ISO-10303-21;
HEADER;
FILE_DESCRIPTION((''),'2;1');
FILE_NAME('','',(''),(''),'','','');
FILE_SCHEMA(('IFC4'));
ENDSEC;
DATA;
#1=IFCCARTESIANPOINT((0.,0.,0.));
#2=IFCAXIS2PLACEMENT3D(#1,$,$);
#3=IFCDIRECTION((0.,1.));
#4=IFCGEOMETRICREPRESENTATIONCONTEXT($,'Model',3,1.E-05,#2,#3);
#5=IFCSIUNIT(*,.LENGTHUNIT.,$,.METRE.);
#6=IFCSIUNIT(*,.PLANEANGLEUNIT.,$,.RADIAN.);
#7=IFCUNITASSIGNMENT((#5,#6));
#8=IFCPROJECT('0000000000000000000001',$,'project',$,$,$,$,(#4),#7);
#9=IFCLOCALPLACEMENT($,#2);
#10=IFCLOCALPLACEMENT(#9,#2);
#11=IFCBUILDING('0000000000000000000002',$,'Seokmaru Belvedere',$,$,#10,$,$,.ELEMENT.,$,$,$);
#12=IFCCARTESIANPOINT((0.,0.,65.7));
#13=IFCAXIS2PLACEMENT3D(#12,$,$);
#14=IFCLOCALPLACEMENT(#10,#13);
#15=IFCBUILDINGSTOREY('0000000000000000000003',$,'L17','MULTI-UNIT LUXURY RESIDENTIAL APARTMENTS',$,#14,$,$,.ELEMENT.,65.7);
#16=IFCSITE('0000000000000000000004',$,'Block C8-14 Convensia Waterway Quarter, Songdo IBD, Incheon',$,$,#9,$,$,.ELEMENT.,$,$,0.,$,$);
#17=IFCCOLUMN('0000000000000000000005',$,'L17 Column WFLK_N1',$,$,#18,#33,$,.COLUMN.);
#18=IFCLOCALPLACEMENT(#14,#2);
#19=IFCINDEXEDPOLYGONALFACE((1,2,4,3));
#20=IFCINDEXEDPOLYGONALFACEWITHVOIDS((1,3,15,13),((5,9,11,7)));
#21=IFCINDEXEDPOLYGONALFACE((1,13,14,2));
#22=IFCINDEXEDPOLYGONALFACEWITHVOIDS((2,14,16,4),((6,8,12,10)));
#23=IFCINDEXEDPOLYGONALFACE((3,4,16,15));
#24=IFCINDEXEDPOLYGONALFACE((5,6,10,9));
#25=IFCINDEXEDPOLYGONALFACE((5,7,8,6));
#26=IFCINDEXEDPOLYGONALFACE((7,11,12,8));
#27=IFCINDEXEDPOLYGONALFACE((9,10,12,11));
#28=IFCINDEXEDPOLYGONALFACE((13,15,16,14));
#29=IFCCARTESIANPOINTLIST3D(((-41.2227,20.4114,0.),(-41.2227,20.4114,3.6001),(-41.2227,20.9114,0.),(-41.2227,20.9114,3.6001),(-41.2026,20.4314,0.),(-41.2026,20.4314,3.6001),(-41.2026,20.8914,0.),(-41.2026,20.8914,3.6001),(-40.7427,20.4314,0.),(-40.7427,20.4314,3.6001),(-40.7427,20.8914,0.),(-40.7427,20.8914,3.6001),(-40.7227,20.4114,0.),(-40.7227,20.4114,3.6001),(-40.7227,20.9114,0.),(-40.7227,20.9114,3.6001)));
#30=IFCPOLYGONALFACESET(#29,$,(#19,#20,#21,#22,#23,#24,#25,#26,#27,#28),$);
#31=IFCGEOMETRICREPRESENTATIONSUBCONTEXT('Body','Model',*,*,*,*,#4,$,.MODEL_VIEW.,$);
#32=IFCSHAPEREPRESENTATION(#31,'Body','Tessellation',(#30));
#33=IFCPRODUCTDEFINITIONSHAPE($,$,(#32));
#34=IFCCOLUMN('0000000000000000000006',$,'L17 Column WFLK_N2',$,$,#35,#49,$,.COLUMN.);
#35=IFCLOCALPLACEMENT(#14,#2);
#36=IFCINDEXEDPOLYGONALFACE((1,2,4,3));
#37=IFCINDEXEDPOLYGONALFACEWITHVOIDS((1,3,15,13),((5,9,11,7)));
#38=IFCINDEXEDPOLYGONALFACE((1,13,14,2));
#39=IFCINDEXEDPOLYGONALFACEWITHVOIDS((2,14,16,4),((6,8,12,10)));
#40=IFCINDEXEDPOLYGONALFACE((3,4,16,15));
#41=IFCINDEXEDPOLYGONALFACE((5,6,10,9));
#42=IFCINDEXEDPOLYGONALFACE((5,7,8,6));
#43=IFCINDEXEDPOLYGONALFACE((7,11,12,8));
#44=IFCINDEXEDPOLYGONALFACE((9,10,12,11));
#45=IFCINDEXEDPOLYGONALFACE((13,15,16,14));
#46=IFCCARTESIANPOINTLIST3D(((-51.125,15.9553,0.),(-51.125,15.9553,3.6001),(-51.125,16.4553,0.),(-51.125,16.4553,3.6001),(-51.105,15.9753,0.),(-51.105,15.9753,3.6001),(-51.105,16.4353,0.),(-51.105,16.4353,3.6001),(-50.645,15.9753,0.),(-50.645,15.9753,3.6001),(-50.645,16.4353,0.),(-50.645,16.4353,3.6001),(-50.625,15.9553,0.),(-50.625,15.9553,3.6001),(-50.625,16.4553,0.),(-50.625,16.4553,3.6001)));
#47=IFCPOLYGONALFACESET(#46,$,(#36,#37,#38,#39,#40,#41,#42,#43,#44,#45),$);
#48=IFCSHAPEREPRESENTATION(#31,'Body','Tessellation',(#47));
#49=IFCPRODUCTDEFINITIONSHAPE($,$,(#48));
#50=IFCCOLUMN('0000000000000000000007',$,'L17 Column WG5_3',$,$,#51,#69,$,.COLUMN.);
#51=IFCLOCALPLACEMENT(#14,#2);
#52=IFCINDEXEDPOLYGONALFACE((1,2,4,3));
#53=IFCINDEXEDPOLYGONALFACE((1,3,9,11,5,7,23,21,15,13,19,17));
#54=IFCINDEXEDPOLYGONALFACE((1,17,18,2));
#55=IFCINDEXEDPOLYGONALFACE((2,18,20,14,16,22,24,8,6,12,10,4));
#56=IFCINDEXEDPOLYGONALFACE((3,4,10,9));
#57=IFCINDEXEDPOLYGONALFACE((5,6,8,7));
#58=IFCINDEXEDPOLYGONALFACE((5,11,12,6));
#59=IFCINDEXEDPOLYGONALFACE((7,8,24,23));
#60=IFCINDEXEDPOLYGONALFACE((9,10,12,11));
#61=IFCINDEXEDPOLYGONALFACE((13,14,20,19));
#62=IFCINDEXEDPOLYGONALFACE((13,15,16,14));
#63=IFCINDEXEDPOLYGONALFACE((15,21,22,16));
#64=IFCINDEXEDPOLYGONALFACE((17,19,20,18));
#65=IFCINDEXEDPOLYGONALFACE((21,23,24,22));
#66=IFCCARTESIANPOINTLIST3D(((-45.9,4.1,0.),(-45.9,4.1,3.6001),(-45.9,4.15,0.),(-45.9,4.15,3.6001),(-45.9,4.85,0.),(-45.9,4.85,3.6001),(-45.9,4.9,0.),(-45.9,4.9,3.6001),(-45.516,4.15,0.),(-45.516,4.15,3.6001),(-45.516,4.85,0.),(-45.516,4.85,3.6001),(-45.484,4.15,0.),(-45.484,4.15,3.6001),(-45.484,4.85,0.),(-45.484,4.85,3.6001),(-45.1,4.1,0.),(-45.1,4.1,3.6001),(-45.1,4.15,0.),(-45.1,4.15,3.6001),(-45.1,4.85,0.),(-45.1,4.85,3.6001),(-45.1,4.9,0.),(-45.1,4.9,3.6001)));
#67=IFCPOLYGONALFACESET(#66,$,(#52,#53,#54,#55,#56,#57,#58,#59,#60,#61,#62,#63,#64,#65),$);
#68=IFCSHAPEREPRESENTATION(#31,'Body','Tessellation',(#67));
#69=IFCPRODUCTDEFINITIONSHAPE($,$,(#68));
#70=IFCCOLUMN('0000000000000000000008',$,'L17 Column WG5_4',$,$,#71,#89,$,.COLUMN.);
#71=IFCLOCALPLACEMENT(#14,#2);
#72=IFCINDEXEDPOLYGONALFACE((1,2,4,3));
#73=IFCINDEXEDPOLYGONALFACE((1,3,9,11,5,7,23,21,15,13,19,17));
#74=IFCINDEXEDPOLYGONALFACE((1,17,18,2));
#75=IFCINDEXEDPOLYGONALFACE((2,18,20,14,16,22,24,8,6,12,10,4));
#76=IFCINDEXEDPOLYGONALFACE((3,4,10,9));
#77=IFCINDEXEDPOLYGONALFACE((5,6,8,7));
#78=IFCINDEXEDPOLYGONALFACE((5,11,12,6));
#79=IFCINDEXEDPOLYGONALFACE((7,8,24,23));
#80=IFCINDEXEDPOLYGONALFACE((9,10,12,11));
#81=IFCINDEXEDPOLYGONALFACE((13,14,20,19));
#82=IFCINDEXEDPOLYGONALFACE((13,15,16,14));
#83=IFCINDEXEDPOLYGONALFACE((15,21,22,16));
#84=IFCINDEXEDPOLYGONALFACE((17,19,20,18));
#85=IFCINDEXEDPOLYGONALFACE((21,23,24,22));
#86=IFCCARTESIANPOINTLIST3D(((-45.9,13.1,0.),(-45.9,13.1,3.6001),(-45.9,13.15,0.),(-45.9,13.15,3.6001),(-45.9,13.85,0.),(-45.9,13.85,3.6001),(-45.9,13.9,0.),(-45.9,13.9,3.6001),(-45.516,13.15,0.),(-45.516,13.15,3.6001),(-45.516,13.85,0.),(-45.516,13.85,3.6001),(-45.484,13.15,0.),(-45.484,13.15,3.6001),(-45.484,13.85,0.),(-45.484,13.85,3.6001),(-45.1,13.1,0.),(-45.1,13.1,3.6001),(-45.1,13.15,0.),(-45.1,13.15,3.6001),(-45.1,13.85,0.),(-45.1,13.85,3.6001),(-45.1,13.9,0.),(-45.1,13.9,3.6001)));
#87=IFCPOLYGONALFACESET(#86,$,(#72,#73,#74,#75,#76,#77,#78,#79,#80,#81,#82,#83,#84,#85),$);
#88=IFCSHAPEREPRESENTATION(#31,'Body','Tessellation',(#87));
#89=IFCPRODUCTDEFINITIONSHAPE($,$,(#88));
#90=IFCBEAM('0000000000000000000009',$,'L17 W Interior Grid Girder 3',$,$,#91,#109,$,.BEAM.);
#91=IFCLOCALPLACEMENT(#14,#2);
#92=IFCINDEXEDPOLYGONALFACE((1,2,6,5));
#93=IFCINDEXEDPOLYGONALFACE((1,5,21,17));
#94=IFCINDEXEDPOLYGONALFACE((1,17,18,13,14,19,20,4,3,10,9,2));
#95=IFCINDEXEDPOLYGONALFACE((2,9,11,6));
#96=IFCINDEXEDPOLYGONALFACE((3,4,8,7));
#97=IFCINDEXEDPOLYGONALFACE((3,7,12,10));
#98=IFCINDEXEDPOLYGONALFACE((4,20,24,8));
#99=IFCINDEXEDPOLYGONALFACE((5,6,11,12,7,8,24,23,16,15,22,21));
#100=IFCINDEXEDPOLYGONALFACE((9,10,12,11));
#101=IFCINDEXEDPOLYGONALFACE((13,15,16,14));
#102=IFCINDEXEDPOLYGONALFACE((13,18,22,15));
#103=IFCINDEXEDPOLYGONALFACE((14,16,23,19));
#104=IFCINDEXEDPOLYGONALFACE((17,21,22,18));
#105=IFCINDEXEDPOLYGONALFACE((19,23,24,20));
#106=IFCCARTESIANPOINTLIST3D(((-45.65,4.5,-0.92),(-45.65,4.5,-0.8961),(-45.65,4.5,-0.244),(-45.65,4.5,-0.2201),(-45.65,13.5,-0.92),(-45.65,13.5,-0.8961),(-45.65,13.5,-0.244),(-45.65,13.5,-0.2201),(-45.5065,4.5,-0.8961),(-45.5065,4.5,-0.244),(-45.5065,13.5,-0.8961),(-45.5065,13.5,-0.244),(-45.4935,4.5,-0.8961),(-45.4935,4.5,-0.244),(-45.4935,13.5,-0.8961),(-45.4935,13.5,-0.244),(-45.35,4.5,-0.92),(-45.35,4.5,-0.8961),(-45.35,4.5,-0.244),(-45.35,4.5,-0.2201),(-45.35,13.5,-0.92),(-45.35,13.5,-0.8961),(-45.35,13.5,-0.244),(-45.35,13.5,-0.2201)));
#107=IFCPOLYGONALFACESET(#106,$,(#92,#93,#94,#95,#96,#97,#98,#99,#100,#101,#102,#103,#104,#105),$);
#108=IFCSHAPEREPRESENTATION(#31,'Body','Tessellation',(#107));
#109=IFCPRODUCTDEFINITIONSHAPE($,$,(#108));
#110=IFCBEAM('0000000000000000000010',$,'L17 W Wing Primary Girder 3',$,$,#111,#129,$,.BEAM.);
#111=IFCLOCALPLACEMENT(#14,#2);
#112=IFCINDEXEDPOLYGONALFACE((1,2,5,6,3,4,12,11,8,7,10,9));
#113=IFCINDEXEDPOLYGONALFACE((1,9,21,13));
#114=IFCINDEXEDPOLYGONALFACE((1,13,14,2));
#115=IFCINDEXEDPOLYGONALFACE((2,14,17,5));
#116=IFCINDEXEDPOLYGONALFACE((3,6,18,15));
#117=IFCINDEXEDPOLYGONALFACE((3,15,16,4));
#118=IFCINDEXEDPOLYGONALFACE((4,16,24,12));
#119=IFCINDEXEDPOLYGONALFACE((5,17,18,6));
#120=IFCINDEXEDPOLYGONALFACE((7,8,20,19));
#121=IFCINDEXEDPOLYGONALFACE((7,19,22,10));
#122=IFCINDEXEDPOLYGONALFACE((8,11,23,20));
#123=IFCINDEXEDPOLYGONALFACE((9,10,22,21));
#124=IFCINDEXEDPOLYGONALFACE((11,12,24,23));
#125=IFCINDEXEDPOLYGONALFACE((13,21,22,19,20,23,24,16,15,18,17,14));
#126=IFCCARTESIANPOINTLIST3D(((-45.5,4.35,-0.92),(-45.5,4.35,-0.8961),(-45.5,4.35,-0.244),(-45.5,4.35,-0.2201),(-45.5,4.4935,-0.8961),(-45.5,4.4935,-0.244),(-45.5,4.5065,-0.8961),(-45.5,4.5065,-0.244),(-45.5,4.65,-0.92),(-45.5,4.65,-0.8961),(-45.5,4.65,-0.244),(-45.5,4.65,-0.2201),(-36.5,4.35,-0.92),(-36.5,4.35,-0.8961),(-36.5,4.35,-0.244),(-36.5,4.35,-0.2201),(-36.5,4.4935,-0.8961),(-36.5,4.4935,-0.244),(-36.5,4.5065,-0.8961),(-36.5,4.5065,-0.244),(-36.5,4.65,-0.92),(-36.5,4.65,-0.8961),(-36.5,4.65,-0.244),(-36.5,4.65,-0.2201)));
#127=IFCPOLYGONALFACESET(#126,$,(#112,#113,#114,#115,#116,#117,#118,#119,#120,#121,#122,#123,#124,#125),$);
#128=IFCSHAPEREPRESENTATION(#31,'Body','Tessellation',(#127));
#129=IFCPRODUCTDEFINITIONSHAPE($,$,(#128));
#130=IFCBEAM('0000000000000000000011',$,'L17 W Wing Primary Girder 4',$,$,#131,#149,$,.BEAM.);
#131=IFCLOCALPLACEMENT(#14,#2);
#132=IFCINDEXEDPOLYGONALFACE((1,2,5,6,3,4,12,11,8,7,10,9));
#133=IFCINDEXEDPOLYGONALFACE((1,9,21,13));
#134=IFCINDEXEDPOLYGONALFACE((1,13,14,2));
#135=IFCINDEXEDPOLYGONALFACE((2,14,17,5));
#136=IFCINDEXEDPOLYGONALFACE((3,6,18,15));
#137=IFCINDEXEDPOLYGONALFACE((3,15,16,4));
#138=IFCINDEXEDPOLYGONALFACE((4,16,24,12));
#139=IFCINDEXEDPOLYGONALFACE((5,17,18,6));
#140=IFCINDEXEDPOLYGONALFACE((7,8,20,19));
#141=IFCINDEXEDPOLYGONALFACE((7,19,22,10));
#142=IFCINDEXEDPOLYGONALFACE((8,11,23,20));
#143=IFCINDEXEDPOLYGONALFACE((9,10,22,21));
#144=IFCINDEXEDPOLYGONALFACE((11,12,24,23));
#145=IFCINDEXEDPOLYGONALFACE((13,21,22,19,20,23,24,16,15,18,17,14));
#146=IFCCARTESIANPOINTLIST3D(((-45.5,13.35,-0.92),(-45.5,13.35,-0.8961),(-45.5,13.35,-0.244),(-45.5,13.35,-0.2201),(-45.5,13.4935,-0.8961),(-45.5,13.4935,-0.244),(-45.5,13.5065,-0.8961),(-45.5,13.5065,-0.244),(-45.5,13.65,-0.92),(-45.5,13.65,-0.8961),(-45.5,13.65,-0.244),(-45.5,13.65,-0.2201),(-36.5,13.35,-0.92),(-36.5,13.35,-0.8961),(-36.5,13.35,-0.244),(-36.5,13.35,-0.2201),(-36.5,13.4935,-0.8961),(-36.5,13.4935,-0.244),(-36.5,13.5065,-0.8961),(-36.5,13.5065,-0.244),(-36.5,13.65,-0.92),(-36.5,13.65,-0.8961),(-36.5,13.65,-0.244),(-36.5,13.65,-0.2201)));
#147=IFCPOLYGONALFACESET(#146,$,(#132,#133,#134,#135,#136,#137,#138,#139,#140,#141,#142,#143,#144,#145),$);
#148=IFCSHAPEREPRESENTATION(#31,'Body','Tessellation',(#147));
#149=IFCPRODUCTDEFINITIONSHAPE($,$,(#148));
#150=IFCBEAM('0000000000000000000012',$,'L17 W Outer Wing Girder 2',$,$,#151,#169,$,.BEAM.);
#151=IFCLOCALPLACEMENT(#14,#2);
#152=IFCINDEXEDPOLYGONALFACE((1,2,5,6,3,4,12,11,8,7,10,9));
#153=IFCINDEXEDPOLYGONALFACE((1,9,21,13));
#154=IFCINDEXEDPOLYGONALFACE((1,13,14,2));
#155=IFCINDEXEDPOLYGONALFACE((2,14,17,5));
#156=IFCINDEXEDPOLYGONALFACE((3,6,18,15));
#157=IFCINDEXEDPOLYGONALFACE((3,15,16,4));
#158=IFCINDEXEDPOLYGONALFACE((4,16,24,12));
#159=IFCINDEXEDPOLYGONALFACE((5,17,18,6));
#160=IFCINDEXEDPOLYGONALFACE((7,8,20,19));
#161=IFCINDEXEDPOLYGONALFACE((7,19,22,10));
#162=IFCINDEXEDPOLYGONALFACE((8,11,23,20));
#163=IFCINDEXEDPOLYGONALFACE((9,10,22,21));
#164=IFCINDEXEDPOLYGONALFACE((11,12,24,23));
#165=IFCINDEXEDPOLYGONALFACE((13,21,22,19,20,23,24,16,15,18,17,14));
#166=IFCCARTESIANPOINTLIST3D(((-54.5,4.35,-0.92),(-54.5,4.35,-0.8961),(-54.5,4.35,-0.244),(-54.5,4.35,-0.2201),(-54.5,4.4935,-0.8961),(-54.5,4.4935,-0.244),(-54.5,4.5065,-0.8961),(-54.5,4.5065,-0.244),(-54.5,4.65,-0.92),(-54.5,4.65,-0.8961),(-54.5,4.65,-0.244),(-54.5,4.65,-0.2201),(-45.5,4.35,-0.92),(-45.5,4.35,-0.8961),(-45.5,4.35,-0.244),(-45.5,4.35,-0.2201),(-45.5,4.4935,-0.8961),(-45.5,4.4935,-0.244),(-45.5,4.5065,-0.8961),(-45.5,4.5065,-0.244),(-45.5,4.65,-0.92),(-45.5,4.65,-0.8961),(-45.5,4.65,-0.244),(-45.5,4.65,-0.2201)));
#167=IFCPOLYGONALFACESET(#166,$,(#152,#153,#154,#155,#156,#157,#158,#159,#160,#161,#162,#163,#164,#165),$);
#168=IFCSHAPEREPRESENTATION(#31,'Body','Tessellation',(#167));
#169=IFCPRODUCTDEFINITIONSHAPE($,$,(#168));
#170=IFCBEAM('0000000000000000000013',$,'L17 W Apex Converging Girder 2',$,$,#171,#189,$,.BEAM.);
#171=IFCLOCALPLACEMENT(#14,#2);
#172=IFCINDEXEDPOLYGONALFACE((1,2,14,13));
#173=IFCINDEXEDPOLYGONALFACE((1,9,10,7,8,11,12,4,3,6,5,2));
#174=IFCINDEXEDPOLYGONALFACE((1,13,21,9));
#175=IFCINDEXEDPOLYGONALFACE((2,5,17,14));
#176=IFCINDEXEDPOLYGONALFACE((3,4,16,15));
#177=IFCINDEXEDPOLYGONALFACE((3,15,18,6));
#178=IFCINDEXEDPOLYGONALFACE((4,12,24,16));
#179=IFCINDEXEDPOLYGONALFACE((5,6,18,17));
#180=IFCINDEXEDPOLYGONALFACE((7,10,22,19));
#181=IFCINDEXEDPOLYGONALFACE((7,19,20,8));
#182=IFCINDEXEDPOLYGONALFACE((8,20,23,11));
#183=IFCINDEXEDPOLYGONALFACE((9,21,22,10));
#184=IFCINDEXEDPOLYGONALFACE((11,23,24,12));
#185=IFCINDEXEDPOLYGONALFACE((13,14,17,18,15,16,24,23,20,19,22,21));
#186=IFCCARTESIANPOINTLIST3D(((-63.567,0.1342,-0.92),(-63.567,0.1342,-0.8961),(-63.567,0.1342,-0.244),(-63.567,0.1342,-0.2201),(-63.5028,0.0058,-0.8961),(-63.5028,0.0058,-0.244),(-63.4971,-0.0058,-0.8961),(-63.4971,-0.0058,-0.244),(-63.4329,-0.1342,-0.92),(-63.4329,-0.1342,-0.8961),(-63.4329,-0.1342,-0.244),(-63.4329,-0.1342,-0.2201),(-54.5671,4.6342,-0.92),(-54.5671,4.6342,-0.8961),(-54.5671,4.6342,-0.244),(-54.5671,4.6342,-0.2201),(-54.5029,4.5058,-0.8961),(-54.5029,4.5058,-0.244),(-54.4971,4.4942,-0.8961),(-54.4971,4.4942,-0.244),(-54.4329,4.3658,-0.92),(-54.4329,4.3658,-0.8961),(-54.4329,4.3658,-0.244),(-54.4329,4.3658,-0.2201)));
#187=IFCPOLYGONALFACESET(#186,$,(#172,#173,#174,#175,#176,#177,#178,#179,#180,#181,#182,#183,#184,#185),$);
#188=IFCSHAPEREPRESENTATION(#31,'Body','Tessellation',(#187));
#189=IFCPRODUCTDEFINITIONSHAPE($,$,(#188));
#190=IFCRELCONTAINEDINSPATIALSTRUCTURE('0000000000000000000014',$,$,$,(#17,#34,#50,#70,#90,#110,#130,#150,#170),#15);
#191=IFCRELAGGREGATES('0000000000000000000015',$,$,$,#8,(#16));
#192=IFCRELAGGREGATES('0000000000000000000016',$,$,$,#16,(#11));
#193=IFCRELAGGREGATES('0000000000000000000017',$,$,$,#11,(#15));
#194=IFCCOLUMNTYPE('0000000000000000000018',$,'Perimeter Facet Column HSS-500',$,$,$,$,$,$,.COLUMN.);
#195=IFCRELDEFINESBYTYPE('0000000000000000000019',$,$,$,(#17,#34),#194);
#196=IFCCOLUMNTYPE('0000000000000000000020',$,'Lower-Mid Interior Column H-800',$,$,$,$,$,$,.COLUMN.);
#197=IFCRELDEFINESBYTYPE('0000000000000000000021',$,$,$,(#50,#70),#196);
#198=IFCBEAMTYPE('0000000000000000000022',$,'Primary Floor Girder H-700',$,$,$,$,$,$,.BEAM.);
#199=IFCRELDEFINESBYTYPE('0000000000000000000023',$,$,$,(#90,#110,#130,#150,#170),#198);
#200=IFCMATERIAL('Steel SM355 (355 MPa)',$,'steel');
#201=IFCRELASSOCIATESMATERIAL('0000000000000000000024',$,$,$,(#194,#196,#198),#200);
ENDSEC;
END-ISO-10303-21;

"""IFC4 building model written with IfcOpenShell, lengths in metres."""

from ifc_helpers import new_model, si_unit, direction, frame, origin, origin_2d, place, context, subcontext, project, spatial, hollow_rectangle, i_section, extrude, source, transform, mapped, material, material_profile, profile_set, type_object, type_shapes, element, save


model = new_model("IFC4")

# Units and contexts
model_context = context("Model", 3, precision=1e-05, world=origin(), true_north=direction((0.0, 1.0)))
body_context = subcontext(model_context, "Body", "Model", "MODEL_VIEW")
ifc_project = project(units=[si_unit("LENGTHUNIT", "METRE"), si_unit("PLANEANGLEUNIT", "RADIAN")], contexts=[model_context])

# Site, building, storey
site_placement = place(None, origin())
site = spatial("IfcSite", under=ifc_project, at=site_placement, Name="Block C8-14 Convensia Waterway Quarter, Songdo IBD, Incheon", CompositionType="ELEMENT", RefElevation=0.0)
building_placement = place(site_placement, origin())
building = spatial("IfcBuilding", under=site, at=building_placement, Name="Seokmaru Belvedere", CompositionType="ELEMENT")
storey_placement = place(building_placement, frame((0.0, 0.0, 65.7)))
storey = spatial("IfcBuildingStorey", under=building, at=storey_placement, Name="L17", Description="MULTI-UNIT LUXURY RESIDENTIAL APARTMENTS", CompositionType="ELEMENT", Elevation=65.7)

# Columns
ifc_material_1 = material(Name="Steel SM355 (355 MPa)", Category="steel")
ifc_material_profile_1 = material_profile(ifc_material_1, hollow_rectangle(XDim=0.5, YDim=0.5, WallThickness=0.02, at=origin_2d()), Name="HSS-500x500x20")
ifc_profile_set_1 = profile_set([ifc_material_profile_1], Name="Steel SM355 (355 MPa)")
column_type_1 = type_object("IfcColumnType", Name="Perimeter Facet Column HSS-500", PredefinedType="COLUMN", material=ifc_profile_set_1)
shared_shape_1 = source(origin(), body_context, "Body", "SweptSolid", [
    extrude(hollow_rectangle(XDim=0.5, YDim=0.5, WallThickness=0.02, at=origin_2d()), origin(), (0.0, 0.0, 1.0), 3.6001),
])
type_shapes(column_type_1, [shared_shape_1])
for number, where, z_axis, x_axis, name in (
    (1, (-40.9727, 20.6614, 0.0), (0.0, 0.0, 1.0), (1.0, 0.0, 0.0), "L17 Column WFLK_N1"),
    (2, (-50.875, 16.2053, 0.0), (0.0, 0.0, 1.0), (1.0, 0.0, 0.0), "L17 Column WFLK_N2"),
):
    element("IfcColumn", number, at=place(storey_placement, frame(where, z_axis=z_axis, x_axis=x_axis)), inside=storey, type_object=column_type_1, Name=name, PredefinedType="COLUMN", context=body_context, shape_type="MappedRepresentation", body=[
        mapped(shared_shape_1, transform((0.0, 0.0, 0.0), scale=1.0)),
    ])
ifc_material_profile_2 = material_profile(ifc_material_1, i_section(OverallWidth=0.8, OverallDepth=0.8, WebThickness=0.032, FlangeThickness=0.05, at=origin_2d()), Name="H-800x800x32x50")
ifc_profile_set_2 = profile_set([ifc_material_profile_2], Name="Steel SM355 (355 MPa)")
column_type_2 = type_object("IfcColumnType", Name="Lower-Mid Interior Column H-800", PredefinedType="COLUMN", material=ifc_profile_set_2)
shared_shape_2 = source(origin(), body_context, "Body", "SweptSolid", [
    extrude(i_section(OverallWidth=0.8, OverallDepth=0.8, WebThickness=0.032, FlangeThickness=0.05, at=origin_2d()), origin(), (0.0, 0.0, 1.0), 3.6001),
])
type_shapes(column_type_2, [shared_shape_2])
for number, where, z_axis, x_axis, name in (
    (3, (-45.5, 4.5, 0.0), (0.0, 0.0, 1.0), (1.0, 0.0, 0.0), "L17 Column WG5_3"),
    (4, (-45.5, 13.5, 0.0), (0.0, 0.0, 1.0), (1.0, 0.0, 0.0), "L17 Column WG5_4"),
):
    element("IfcColumn", number, at=place(storey_placement, frame(where, z_axis=z_axis, x_axis=x_axis)), inside=storey, type_object=column_type_2, Name=name, PredefinedType="COLUMN", context=body_context, shape_type="MappedRepresentation", body=[
        mapped(shared_shape_2, transform((0.0, 0.0, 0.0), scale=1.0)),
    ])

# Beams
ifc_material_profile_3 = material_profile(ifc_material_1, i_section(OverallWidth=0.3, OverallDepth=0.7, WebThickness=0.0129, FlangeThickness=0.0239, at=origin_2d()), Name="H-700x300x13x24")
ifc_profile_set_3 = profile_set([ifc_material_profile_3], Name="Steel SM355 (355 MPa)")
beam_type_1 = type_object("IfcBeamType", Name="Primary Floor Girder H-700", PredefinedType="BEAM", material=ifc_profile_set_3)
shared_shape_3 = source(origin(), body_context, "Body", "SweptSolid", [
    extrude(i_section(OverallWidth=0.3, OverallDepth=0.7, WebThickness=0.0129, FlangeThickness=0.0239, at=origin_2d()), origin(), (0.0, 0.0, 1.0), 9.0),
])
for number, where, z_axis, x_axis, name in (
    (5, (-45.5, 4.5, -0.5701), (0.0, 1.0, 0.0), (-1.0, 0.0, 0.0), "L17 W Interior Grid Girder 3"),
    (6, (-45.5, 4.5, -0.5701), (1.0, 0.0, 0.0), (0.0, 1.0, 0.0), "L17 W Wing Primary Girder 3"),
    (7, (-45.5, 13.5, -0.5701), (1.0, 0.0, 0.0), (0.0, 1.0, 0.0), "L17 W Wing Primary Girder 4"),
    (8, (-54.5, 4.5, -0.5701), (1.0, 0.0, 0.0), (0.0, 1.0, 0.0), "L17 W Outer Wing Girder 2"),
):
    element("IfcBeam", number, at=place(storey_placement, frame(where, z_axis=z_axis, x_axis=x_axis)), inside=storey, type_object=beam_type_1, Name=name, PredefinedType="BEAM", context=body_context, shape_type="MappedRepresentation", body=[
        mapped(shared_shape_3, transform((0.0, 0.0, 0.0), scale=1.0)),
    ])
shared_shape_4 = source(origin(), body_context, "Body", "SweptSolid", [
    extrude(i_section(OverallWidth=0.3, OverallDepth=0.7, WebThickness=0.0129, FlangeThickness=0.0239, at=origin_2d()), origin(), (0.0, 0.0, 1.0), 10.0623),
])
beam_1_placement = place(storey_placement, frame((-54.5, 4.5, -0.5701), z_axis=(-0.894427, -0.447214, 0.0), x_axis=(0.447214, -0.894427, 0.0)))
element("IfcBeam", 9, at=beam_1_placement, inside=storey, type_object=beam_type_1, Name="L17 W Apex Converging Girder 2", PredefinedType="BEAM", context=body_context, shape_type="MappedRepresentation", body=[
    mapped(shared_shape_4, transform((0.0, 0.0, 0.0), scale=1.0)),
])

save(model, "model.ifc")
